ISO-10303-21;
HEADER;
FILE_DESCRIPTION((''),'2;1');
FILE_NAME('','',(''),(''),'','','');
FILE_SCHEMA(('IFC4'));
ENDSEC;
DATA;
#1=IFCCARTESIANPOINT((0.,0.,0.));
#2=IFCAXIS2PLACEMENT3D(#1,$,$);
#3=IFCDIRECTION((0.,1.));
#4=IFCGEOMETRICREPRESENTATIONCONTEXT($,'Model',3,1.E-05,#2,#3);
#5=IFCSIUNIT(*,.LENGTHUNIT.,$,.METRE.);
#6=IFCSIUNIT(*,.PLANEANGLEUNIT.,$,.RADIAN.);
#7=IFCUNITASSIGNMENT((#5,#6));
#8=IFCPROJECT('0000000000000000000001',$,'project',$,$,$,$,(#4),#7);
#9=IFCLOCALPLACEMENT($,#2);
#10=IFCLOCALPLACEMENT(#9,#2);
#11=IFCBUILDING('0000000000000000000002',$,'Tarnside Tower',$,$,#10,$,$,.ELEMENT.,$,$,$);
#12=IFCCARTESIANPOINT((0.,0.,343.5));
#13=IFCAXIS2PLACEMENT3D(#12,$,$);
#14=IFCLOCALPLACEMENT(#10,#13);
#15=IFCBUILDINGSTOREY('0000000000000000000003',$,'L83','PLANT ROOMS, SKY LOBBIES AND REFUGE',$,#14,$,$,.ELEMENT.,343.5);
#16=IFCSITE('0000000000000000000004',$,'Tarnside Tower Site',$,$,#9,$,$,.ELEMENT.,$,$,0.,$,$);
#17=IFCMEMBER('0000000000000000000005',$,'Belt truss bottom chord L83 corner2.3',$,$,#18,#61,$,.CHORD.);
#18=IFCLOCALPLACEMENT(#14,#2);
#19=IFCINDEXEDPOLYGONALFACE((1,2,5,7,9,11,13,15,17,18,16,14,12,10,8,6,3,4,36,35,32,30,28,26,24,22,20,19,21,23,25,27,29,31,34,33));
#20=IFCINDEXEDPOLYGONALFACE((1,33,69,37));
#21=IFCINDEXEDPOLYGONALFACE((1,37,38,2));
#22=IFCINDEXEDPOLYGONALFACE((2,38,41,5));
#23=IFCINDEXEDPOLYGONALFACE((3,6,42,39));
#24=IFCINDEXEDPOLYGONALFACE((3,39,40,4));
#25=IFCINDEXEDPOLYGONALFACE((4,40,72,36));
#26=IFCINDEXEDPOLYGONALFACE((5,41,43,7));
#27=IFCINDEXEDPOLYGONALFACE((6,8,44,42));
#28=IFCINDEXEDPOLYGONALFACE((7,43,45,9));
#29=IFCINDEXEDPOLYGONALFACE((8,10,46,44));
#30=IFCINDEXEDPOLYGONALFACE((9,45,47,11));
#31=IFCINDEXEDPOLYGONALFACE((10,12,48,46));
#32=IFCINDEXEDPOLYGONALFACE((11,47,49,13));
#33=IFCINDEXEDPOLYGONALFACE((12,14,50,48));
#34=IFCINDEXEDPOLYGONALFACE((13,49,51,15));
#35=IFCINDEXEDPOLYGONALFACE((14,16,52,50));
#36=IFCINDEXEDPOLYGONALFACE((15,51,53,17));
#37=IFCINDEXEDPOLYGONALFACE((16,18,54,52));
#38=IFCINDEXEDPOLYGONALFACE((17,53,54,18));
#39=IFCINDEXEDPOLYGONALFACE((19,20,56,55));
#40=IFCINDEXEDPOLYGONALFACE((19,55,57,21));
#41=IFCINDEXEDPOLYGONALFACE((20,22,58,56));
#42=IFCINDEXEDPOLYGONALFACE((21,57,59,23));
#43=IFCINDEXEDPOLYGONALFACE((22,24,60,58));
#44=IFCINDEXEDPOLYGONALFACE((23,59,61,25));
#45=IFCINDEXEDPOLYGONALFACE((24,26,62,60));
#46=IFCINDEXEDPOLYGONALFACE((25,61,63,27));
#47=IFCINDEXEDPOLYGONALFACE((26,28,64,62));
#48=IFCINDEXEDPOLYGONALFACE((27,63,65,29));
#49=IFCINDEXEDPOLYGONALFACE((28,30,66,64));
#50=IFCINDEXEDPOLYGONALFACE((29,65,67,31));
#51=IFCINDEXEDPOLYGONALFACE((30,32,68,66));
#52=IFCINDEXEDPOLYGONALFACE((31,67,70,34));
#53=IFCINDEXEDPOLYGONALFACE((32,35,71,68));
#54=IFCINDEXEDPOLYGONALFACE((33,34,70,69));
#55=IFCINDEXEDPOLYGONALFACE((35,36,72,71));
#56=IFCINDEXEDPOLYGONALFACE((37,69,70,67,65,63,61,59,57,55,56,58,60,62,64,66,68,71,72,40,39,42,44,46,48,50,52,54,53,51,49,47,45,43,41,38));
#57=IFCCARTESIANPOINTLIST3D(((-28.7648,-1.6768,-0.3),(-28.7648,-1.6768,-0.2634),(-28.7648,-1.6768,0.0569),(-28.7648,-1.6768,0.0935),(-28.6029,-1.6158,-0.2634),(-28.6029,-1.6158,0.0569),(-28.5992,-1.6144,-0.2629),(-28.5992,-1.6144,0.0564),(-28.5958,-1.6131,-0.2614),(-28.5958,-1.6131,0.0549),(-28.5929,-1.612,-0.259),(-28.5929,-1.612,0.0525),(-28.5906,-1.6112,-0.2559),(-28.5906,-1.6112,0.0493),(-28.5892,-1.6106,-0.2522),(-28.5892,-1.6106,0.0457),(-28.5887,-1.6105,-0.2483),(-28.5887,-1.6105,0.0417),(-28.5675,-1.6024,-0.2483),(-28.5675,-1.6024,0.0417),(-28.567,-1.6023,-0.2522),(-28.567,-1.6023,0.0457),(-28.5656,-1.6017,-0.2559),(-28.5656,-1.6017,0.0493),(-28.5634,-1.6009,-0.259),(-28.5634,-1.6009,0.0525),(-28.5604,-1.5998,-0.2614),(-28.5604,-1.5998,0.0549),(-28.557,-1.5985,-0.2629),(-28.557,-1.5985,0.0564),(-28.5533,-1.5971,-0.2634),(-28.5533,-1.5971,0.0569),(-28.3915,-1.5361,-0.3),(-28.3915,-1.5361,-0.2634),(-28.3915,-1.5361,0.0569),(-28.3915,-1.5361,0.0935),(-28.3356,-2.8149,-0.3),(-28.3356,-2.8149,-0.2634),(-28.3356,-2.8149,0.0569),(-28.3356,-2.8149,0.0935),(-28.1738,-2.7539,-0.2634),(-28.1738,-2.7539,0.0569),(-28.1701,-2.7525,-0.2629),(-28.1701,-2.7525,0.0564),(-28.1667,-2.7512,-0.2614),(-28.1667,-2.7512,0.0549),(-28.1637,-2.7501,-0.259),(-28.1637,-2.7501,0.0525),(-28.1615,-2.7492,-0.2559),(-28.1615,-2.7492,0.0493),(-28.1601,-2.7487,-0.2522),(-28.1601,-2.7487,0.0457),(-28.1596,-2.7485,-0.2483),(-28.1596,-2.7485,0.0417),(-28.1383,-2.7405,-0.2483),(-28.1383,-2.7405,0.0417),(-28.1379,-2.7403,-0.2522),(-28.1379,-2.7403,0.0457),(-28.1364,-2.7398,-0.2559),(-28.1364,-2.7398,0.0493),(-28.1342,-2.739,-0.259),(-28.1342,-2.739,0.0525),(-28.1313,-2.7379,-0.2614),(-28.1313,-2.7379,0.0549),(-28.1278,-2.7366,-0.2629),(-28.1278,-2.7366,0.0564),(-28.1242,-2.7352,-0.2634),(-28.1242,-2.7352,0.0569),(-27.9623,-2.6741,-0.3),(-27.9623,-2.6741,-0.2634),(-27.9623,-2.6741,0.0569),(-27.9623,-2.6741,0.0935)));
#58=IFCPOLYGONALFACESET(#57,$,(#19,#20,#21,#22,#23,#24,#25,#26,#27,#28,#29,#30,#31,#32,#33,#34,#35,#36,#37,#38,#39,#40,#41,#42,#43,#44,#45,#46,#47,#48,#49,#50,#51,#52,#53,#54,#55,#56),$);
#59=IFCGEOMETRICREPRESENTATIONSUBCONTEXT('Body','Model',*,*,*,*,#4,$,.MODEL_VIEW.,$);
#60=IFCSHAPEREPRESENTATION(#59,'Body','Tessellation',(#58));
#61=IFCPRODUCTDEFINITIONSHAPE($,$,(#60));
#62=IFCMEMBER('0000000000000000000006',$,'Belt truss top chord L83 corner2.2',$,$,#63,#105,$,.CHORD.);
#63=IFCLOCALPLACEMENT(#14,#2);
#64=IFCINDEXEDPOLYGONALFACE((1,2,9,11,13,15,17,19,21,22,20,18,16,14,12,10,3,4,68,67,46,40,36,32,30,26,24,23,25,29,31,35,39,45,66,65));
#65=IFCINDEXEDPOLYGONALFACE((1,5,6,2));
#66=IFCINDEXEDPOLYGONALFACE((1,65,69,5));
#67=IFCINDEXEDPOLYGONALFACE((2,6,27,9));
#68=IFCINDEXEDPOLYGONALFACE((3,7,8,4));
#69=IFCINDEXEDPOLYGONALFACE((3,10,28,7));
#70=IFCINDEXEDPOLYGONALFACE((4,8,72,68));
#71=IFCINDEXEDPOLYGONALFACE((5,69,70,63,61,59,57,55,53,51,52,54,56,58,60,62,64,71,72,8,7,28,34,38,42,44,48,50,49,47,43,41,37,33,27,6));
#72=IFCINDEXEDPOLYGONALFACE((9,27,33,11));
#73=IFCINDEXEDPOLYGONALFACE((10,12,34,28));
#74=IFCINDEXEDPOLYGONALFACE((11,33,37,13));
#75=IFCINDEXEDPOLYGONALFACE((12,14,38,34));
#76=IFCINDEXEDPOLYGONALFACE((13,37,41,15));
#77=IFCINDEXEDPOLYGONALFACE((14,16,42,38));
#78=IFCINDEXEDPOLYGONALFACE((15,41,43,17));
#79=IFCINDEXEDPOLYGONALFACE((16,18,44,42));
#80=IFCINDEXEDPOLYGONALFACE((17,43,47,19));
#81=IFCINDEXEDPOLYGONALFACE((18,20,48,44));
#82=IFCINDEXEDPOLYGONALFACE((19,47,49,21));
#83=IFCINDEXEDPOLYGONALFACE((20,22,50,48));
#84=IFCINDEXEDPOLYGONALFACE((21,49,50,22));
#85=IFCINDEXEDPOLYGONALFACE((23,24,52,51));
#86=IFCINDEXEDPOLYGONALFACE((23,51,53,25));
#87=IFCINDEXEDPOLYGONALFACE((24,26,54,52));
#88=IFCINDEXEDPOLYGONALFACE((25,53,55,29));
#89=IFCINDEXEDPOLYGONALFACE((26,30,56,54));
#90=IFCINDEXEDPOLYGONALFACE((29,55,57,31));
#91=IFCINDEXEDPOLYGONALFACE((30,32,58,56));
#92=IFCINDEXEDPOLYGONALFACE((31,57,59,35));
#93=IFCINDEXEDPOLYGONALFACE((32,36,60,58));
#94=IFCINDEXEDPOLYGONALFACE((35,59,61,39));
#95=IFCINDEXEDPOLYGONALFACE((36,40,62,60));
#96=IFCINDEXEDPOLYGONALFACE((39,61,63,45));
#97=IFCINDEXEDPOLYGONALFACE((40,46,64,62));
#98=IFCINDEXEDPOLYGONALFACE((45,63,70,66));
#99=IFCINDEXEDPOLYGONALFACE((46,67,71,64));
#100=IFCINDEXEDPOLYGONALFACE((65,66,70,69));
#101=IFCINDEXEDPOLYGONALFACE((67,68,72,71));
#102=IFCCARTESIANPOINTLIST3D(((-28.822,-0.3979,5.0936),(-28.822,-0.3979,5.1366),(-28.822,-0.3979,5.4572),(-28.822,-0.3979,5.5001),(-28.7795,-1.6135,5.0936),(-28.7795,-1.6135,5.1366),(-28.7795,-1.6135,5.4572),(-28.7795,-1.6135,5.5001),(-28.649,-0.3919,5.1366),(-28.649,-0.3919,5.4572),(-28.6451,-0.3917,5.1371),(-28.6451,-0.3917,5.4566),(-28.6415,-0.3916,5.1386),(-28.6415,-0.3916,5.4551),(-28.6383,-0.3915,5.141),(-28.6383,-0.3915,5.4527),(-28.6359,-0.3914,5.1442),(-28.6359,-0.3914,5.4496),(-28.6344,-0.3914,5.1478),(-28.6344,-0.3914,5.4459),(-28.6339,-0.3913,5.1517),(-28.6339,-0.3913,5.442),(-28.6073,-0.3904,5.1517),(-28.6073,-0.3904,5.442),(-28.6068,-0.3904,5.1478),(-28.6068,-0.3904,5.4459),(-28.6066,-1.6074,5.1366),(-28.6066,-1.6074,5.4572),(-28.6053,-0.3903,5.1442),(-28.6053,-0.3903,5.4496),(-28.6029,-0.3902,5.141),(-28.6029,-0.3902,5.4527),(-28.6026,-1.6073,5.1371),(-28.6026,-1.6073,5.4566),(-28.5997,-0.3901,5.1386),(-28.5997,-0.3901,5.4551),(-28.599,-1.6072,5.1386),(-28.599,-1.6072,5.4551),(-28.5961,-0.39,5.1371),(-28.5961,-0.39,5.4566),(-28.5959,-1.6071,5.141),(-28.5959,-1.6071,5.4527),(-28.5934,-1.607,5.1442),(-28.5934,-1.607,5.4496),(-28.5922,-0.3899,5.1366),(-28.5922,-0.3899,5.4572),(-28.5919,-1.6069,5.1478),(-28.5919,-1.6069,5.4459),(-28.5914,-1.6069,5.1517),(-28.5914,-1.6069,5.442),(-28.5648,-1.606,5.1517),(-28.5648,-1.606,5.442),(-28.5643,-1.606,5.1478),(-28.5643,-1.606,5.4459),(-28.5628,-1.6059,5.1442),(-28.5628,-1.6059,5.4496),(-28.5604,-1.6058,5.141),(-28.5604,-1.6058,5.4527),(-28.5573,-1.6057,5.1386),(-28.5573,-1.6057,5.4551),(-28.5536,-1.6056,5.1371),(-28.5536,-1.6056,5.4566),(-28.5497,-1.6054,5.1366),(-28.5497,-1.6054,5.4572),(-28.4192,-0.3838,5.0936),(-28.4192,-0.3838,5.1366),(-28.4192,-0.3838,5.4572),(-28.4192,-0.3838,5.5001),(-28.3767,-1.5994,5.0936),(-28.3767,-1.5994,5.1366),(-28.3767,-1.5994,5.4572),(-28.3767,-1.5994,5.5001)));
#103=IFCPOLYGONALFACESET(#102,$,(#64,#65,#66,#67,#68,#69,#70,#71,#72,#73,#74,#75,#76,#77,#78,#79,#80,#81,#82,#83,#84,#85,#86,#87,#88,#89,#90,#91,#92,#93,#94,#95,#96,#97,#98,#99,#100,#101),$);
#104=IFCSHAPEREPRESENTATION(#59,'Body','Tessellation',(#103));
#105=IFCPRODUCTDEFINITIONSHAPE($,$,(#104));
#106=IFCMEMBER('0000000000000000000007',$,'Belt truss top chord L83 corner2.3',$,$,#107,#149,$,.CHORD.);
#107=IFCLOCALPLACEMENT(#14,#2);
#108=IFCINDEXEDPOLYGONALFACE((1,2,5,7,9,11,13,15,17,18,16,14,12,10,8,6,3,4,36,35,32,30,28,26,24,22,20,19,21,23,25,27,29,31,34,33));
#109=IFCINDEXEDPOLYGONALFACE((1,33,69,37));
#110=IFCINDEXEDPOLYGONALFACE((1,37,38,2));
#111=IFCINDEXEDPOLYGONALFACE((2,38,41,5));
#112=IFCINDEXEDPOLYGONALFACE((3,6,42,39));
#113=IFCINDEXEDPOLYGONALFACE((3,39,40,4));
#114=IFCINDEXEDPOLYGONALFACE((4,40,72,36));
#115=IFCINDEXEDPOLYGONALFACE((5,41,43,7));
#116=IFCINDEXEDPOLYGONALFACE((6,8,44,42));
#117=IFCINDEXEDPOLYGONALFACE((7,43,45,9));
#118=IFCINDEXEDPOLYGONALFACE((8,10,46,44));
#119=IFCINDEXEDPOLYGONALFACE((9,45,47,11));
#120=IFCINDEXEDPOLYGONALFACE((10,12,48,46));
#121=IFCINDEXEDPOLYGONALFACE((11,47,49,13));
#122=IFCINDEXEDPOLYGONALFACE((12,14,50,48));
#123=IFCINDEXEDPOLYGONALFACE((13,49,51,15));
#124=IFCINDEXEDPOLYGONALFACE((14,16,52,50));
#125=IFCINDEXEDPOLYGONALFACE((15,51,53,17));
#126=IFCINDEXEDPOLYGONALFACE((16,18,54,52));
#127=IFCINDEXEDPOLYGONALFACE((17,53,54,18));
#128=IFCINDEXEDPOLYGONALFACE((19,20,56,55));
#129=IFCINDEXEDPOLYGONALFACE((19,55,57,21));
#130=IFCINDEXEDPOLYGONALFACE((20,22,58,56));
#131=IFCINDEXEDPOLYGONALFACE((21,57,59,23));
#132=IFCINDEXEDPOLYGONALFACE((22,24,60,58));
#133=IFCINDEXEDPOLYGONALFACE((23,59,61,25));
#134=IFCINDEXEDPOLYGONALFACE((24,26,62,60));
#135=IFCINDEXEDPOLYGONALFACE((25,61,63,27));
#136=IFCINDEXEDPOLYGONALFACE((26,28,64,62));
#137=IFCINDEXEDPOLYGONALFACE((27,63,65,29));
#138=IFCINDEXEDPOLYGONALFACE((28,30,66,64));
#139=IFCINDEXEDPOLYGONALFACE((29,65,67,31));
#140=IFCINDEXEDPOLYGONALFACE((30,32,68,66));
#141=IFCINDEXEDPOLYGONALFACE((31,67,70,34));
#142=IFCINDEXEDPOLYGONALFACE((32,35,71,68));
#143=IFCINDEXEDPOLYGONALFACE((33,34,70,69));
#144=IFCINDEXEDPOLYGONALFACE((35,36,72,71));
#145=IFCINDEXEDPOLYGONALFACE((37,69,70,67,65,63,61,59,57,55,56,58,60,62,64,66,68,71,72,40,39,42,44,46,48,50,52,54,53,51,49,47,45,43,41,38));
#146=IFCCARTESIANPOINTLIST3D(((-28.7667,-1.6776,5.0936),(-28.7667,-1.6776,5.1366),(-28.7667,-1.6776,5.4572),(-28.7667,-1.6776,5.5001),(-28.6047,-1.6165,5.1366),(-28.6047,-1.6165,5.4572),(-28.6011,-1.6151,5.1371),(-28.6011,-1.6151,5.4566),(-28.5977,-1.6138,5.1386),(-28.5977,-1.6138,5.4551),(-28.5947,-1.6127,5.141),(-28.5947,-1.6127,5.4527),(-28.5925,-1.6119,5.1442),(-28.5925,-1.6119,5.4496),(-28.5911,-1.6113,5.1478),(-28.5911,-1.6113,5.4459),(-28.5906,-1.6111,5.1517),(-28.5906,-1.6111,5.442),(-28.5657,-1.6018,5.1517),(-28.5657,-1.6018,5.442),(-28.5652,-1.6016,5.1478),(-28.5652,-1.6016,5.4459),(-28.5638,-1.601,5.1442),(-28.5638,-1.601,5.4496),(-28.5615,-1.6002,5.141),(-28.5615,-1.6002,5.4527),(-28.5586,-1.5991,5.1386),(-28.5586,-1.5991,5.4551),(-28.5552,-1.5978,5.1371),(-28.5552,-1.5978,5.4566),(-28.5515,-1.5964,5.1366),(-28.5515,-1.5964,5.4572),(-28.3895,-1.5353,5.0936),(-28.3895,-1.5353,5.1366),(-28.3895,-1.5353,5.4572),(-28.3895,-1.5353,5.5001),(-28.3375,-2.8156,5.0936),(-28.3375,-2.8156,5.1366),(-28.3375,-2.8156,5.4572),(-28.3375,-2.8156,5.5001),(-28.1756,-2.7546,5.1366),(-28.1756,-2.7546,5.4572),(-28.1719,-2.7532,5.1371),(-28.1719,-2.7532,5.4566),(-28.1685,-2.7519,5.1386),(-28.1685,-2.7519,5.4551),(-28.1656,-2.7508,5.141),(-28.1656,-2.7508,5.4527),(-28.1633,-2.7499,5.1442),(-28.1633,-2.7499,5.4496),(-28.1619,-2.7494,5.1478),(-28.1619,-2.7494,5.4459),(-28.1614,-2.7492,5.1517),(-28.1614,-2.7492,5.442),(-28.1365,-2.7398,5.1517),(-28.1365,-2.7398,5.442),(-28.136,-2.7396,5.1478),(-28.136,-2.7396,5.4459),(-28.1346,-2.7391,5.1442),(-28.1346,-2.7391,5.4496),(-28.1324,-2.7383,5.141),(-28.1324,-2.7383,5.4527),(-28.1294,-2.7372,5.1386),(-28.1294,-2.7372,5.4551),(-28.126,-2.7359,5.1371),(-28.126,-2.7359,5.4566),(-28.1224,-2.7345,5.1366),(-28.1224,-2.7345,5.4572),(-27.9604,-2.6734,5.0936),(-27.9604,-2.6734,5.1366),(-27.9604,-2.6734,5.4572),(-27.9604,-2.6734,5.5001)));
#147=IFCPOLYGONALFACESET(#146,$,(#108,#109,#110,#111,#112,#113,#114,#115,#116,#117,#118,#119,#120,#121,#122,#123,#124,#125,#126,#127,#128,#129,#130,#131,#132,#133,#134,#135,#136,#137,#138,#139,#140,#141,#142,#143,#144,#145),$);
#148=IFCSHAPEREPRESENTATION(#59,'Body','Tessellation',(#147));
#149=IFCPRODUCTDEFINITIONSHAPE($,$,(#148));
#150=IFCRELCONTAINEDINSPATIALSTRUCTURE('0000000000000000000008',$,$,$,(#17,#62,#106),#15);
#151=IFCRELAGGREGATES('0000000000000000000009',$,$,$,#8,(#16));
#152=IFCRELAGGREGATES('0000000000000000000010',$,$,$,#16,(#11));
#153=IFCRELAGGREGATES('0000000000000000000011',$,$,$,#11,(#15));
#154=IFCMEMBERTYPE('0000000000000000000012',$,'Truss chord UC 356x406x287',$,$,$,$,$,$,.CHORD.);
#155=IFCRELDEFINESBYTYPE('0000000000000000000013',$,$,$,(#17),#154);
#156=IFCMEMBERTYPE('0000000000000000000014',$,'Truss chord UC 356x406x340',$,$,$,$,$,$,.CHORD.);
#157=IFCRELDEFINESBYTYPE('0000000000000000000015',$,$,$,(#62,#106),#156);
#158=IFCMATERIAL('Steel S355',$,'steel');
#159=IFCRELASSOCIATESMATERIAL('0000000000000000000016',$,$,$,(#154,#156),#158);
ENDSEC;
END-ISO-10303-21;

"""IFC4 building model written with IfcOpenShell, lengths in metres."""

from ifc_helpers import new_model, si_unit, direction, frame, origin, origin_2d, place, context, subcontext, project, spatial, i_section, extrude, material, material_profile, profile_set, type_object, element, save


model = new_model("IFC4")

# Units and contexts
model_context = context("Model", 3, precision=1e-05, world=origin(), true_north=direction((0.0, 1.0)))
body_context = subcontext(model_context, "Body", "Model", "MODEL_VIEW")
ifc_project = project(units=[si_unit("LENGTHUNIT", "METRE"), si_unit("PLANEANGLEUNIT", "RADIAN")], contexts=[model_context])

# Site, building, storey
site_placement = place(None, origin())
site = spatial("IfcSite", under=ifc_project, at=site_placement, Name="Tarnside Tower Site", CompositionType="ELEMENT", RefElevation=0.0)
building_placement = place(site_placement, origin())
building = spatial("IfcBuilding", under=site, at=building_placement, Name="Tarnside Tower", CompositionType="ELEMENT")
storey_placement = place(building_placement, frame((0.0, 0.0, 343.5)))
storey = spatial("IfcBuildingStorey", under=building, at=storey_placement, Name="L83", Description="PLANT ROOMS, SKY LOBBIES AND REFUGE", CompositionType="ELEMENT", Elevation=343.5)

# Shared definitions
ifc_material_1 = material(Name="Steel S355", Category="steel")

# Members
ifc_material_profile_1 = material_profile(ifc_material_1, i_section(OverallWidth=0.3989, OverallDepth=0.3936, WebThickness=0.0227, FlangeThickness=0.0366, FilletRadius=0.0151, at=origin_2d()), Name="UC 356x406x287")
ifc_profile_set_1 = profile_set([ifc_material_profile_1], Name="Steel S355")
member_type_1 = type_object("IfcMemberType", Name="Truss chord UC 356x406x287", PredefinedType="CHORD", material=ifc_profile_set_1)
for number, where, z_axis, x_axis, name in (
    (1, (-28.5781, -1.6064, -0.1033), (0.352838, -0.935684, 0.0), (0.935684, 0.352838, 0.0), "Belt truss bottom chord L83 corner2.3"),
):
    element("IfcMember", number, at=place(storey_placement, frame(where, z_axis=z_axis, x_axis=x_axis)), inside=storey, type_object=member_type_1, Name=name, PredefinedType="CHORD", context=body_context, shape_type="SweptSolid", body=[
        extrude(i_section(OverallWidth=0.3989, OverallDepth=0.3936, WebThickness=0.0227, FlangeThickness=0.0366, FilletRadius=0.0151, at=origin_2d()), origin(), (0.0, 0.0, 1.0), 1.2163),
    ])
ifc_material_profile_2 = material_profile(ifc_material_1, i_section(OverallWidth=0.4031, OverallDepth=0.4065, WebThickness=0.0266, FlangeThickness=0.043, FilletRadius=0.0151, at=origin_2d()), Name="UC 356x406x340")
ifc_profile_set_2 = profile_set([ifc_material_profile_2], Name="Steel S355")
member_type_2 = type_object("IfcMemberType", Name="Truss chord UC 356x406x340", PredefinedType="CHORD", material=ifc_profile_set_2)
for number, where, z_axis, x_axis, name in (
    (2, (-28.6206, -0.3909, 5.2969), (0.034925, -0.99939, 0.0), (0.99939, 0.034925, 0.0), "Belt truss top chord L83 corner2.2"),
    (3, (-28.5781, -1.6064, 5.2969), (0.352838, -0.935684, 0.0), (0.935684, 0.352838, 0.0), "Belt truss top chord L83 corner2.3"),
):
    element("IfcMember", number, at=place(storey_placement, frame(where, z_axis=z_axis, x_axis=x_axis)), inside=storey, type_object=member_type_2, Name=name, PredefinedType="CHORD", context=body_context, shape_type="SweptSolid", body=[
        extrude(i_section(OverallWidth=0.4031, OverallDepth=0.4065, WebThickness=0.0266, FlangeThickness=0.043, FilletRadius=0.0151, at=origin_2d()), origin(), (0.0, 0.0, 1.0), 1.2163),
    ])

save(model, "model.ifc")
